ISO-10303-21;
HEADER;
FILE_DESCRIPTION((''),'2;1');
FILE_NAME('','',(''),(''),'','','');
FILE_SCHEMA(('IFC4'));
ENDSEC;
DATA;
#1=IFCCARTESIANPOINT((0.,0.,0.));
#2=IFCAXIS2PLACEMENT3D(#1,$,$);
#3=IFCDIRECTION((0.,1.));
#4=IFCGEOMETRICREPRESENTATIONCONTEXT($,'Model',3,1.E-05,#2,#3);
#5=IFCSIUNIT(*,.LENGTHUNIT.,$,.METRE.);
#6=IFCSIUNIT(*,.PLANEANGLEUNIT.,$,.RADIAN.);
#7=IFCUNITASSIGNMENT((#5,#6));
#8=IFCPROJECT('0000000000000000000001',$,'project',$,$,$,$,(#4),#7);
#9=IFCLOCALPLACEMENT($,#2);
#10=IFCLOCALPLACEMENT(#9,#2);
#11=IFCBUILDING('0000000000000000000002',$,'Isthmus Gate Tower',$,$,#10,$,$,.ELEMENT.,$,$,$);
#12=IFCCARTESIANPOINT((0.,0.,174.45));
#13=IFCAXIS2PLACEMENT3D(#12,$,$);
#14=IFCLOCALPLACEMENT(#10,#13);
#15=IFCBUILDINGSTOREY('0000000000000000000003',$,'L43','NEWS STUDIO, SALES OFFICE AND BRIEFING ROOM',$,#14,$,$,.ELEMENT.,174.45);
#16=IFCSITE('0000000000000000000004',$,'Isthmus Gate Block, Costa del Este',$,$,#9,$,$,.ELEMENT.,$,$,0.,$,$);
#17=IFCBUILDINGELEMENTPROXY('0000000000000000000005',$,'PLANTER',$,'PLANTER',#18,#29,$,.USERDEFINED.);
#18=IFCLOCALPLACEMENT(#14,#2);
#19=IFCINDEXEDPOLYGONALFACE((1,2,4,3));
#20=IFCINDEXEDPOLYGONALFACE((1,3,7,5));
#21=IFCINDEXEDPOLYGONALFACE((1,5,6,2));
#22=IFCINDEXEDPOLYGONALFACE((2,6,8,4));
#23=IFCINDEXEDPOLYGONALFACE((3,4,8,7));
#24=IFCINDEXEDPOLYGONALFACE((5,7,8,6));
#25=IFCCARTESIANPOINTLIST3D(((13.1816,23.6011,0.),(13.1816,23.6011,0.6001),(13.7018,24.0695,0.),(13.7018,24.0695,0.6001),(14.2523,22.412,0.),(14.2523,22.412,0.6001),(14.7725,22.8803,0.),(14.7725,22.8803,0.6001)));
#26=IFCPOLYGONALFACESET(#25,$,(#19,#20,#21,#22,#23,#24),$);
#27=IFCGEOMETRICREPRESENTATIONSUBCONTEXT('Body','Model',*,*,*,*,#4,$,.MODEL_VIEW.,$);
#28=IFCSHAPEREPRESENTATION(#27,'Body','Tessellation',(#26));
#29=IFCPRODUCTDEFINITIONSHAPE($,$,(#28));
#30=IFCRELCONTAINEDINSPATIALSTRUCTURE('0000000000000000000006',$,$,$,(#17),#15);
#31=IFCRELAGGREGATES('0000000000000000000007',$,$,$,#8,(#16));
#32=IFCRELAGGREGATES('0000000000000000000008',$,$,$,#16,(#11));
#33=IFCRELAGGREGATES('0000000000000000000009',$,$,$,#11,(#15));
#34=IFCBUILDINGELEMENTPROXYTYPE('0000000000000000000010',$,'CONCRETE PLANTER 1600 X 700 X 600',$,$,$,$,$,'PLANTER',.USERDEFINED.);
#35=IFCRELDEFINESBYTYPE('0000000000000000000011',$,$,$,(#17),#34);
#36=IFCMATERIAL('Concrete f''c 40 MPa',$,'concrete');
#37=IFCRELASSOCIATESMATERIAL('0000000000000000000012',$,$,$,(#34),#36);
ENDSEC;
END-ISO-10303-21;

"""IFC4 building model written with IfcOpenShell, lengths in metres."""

from ifc_helpers import new_model, si_unit, direction, frame, origin, origin_2d, place, context, subcontext, project, spatial, rectangle, extrude, material, type_object, element, save


model = new_model("IFC4")

# Units and contexts
model_context = context("Model", 3, precision=1e-05, world=origin(), true_north=direction((0.0, 1.0)))
body_context = subcontext(model_context, "Body", "Model", "MODEL_VIEW")
ifc_project = project(units=[si_unit("LENGTHUNIT", "METRE"), si_unit("PLANEANGLEUNIT", "RADIAN")], contexts=[model_context])

# Site, building, storey
site_placement = place(None, origin())
site = spatial("IfcSite", under=ifc_project, at=site_placement, Name="Isthmus Gate Block, Costa del Este", CompositionType="ELEMENT", RefElevation=0.0)
building_placement = place(site_placement, origin())
building = spatial("IfcBuilding", under=site, at=building_placement, Name="Isthmus Gate Tower", CompositionType="ELEMENT")
storey_placement = place(building_placement, frame((0.0, 0.0, 174.45)))
storey = spatial("IfcBuildingStorey", under=building, at=storey_placement, Name="L43", Description="NEWS STUDIO, SALES OFFICE AND BRIEFING ROOM", CompositionType="ELEMENT", Elevation=174.45)

# Building element proxy
ifc_material_1 = material(Name="Concrete f'c 40 MPa", Category="concrete")
building_element_proxy_type = type_object("IfcBuildingElementProxyType", Name="CONCRETE PLANTER 1600 X 700 X 600", ElementType="PLANTER", PredefinedType="USERDEFINED", material=ifc_material_1)
for number, where, z_axis, x_axis, name in (
    (1, (13.9771, 23.2407, 0.0), (0.0, 0.0, 1.0), (-0.669131, 0.743145, 0.0), "PLANTER"),
):
    element("IfcBuildingElementProxy", number, at=place(storey_placement, frame(where, z_axis=z_axis, x_axis=x_axis)), inside=storey, type_object=building_element_proxy_type, Name=name, ObjectType="PLANTER", PredefinedType="USERDEFINED", context=body_context, shape_type="SweptSolid", body=[
        extrude(rectangle(XDim=1.6001, YDim=0.7, at=origin_2d()), origin(), (0.0, 0.0, 1.0), 0.6001),
    ])

save(model, "model.ifc")
